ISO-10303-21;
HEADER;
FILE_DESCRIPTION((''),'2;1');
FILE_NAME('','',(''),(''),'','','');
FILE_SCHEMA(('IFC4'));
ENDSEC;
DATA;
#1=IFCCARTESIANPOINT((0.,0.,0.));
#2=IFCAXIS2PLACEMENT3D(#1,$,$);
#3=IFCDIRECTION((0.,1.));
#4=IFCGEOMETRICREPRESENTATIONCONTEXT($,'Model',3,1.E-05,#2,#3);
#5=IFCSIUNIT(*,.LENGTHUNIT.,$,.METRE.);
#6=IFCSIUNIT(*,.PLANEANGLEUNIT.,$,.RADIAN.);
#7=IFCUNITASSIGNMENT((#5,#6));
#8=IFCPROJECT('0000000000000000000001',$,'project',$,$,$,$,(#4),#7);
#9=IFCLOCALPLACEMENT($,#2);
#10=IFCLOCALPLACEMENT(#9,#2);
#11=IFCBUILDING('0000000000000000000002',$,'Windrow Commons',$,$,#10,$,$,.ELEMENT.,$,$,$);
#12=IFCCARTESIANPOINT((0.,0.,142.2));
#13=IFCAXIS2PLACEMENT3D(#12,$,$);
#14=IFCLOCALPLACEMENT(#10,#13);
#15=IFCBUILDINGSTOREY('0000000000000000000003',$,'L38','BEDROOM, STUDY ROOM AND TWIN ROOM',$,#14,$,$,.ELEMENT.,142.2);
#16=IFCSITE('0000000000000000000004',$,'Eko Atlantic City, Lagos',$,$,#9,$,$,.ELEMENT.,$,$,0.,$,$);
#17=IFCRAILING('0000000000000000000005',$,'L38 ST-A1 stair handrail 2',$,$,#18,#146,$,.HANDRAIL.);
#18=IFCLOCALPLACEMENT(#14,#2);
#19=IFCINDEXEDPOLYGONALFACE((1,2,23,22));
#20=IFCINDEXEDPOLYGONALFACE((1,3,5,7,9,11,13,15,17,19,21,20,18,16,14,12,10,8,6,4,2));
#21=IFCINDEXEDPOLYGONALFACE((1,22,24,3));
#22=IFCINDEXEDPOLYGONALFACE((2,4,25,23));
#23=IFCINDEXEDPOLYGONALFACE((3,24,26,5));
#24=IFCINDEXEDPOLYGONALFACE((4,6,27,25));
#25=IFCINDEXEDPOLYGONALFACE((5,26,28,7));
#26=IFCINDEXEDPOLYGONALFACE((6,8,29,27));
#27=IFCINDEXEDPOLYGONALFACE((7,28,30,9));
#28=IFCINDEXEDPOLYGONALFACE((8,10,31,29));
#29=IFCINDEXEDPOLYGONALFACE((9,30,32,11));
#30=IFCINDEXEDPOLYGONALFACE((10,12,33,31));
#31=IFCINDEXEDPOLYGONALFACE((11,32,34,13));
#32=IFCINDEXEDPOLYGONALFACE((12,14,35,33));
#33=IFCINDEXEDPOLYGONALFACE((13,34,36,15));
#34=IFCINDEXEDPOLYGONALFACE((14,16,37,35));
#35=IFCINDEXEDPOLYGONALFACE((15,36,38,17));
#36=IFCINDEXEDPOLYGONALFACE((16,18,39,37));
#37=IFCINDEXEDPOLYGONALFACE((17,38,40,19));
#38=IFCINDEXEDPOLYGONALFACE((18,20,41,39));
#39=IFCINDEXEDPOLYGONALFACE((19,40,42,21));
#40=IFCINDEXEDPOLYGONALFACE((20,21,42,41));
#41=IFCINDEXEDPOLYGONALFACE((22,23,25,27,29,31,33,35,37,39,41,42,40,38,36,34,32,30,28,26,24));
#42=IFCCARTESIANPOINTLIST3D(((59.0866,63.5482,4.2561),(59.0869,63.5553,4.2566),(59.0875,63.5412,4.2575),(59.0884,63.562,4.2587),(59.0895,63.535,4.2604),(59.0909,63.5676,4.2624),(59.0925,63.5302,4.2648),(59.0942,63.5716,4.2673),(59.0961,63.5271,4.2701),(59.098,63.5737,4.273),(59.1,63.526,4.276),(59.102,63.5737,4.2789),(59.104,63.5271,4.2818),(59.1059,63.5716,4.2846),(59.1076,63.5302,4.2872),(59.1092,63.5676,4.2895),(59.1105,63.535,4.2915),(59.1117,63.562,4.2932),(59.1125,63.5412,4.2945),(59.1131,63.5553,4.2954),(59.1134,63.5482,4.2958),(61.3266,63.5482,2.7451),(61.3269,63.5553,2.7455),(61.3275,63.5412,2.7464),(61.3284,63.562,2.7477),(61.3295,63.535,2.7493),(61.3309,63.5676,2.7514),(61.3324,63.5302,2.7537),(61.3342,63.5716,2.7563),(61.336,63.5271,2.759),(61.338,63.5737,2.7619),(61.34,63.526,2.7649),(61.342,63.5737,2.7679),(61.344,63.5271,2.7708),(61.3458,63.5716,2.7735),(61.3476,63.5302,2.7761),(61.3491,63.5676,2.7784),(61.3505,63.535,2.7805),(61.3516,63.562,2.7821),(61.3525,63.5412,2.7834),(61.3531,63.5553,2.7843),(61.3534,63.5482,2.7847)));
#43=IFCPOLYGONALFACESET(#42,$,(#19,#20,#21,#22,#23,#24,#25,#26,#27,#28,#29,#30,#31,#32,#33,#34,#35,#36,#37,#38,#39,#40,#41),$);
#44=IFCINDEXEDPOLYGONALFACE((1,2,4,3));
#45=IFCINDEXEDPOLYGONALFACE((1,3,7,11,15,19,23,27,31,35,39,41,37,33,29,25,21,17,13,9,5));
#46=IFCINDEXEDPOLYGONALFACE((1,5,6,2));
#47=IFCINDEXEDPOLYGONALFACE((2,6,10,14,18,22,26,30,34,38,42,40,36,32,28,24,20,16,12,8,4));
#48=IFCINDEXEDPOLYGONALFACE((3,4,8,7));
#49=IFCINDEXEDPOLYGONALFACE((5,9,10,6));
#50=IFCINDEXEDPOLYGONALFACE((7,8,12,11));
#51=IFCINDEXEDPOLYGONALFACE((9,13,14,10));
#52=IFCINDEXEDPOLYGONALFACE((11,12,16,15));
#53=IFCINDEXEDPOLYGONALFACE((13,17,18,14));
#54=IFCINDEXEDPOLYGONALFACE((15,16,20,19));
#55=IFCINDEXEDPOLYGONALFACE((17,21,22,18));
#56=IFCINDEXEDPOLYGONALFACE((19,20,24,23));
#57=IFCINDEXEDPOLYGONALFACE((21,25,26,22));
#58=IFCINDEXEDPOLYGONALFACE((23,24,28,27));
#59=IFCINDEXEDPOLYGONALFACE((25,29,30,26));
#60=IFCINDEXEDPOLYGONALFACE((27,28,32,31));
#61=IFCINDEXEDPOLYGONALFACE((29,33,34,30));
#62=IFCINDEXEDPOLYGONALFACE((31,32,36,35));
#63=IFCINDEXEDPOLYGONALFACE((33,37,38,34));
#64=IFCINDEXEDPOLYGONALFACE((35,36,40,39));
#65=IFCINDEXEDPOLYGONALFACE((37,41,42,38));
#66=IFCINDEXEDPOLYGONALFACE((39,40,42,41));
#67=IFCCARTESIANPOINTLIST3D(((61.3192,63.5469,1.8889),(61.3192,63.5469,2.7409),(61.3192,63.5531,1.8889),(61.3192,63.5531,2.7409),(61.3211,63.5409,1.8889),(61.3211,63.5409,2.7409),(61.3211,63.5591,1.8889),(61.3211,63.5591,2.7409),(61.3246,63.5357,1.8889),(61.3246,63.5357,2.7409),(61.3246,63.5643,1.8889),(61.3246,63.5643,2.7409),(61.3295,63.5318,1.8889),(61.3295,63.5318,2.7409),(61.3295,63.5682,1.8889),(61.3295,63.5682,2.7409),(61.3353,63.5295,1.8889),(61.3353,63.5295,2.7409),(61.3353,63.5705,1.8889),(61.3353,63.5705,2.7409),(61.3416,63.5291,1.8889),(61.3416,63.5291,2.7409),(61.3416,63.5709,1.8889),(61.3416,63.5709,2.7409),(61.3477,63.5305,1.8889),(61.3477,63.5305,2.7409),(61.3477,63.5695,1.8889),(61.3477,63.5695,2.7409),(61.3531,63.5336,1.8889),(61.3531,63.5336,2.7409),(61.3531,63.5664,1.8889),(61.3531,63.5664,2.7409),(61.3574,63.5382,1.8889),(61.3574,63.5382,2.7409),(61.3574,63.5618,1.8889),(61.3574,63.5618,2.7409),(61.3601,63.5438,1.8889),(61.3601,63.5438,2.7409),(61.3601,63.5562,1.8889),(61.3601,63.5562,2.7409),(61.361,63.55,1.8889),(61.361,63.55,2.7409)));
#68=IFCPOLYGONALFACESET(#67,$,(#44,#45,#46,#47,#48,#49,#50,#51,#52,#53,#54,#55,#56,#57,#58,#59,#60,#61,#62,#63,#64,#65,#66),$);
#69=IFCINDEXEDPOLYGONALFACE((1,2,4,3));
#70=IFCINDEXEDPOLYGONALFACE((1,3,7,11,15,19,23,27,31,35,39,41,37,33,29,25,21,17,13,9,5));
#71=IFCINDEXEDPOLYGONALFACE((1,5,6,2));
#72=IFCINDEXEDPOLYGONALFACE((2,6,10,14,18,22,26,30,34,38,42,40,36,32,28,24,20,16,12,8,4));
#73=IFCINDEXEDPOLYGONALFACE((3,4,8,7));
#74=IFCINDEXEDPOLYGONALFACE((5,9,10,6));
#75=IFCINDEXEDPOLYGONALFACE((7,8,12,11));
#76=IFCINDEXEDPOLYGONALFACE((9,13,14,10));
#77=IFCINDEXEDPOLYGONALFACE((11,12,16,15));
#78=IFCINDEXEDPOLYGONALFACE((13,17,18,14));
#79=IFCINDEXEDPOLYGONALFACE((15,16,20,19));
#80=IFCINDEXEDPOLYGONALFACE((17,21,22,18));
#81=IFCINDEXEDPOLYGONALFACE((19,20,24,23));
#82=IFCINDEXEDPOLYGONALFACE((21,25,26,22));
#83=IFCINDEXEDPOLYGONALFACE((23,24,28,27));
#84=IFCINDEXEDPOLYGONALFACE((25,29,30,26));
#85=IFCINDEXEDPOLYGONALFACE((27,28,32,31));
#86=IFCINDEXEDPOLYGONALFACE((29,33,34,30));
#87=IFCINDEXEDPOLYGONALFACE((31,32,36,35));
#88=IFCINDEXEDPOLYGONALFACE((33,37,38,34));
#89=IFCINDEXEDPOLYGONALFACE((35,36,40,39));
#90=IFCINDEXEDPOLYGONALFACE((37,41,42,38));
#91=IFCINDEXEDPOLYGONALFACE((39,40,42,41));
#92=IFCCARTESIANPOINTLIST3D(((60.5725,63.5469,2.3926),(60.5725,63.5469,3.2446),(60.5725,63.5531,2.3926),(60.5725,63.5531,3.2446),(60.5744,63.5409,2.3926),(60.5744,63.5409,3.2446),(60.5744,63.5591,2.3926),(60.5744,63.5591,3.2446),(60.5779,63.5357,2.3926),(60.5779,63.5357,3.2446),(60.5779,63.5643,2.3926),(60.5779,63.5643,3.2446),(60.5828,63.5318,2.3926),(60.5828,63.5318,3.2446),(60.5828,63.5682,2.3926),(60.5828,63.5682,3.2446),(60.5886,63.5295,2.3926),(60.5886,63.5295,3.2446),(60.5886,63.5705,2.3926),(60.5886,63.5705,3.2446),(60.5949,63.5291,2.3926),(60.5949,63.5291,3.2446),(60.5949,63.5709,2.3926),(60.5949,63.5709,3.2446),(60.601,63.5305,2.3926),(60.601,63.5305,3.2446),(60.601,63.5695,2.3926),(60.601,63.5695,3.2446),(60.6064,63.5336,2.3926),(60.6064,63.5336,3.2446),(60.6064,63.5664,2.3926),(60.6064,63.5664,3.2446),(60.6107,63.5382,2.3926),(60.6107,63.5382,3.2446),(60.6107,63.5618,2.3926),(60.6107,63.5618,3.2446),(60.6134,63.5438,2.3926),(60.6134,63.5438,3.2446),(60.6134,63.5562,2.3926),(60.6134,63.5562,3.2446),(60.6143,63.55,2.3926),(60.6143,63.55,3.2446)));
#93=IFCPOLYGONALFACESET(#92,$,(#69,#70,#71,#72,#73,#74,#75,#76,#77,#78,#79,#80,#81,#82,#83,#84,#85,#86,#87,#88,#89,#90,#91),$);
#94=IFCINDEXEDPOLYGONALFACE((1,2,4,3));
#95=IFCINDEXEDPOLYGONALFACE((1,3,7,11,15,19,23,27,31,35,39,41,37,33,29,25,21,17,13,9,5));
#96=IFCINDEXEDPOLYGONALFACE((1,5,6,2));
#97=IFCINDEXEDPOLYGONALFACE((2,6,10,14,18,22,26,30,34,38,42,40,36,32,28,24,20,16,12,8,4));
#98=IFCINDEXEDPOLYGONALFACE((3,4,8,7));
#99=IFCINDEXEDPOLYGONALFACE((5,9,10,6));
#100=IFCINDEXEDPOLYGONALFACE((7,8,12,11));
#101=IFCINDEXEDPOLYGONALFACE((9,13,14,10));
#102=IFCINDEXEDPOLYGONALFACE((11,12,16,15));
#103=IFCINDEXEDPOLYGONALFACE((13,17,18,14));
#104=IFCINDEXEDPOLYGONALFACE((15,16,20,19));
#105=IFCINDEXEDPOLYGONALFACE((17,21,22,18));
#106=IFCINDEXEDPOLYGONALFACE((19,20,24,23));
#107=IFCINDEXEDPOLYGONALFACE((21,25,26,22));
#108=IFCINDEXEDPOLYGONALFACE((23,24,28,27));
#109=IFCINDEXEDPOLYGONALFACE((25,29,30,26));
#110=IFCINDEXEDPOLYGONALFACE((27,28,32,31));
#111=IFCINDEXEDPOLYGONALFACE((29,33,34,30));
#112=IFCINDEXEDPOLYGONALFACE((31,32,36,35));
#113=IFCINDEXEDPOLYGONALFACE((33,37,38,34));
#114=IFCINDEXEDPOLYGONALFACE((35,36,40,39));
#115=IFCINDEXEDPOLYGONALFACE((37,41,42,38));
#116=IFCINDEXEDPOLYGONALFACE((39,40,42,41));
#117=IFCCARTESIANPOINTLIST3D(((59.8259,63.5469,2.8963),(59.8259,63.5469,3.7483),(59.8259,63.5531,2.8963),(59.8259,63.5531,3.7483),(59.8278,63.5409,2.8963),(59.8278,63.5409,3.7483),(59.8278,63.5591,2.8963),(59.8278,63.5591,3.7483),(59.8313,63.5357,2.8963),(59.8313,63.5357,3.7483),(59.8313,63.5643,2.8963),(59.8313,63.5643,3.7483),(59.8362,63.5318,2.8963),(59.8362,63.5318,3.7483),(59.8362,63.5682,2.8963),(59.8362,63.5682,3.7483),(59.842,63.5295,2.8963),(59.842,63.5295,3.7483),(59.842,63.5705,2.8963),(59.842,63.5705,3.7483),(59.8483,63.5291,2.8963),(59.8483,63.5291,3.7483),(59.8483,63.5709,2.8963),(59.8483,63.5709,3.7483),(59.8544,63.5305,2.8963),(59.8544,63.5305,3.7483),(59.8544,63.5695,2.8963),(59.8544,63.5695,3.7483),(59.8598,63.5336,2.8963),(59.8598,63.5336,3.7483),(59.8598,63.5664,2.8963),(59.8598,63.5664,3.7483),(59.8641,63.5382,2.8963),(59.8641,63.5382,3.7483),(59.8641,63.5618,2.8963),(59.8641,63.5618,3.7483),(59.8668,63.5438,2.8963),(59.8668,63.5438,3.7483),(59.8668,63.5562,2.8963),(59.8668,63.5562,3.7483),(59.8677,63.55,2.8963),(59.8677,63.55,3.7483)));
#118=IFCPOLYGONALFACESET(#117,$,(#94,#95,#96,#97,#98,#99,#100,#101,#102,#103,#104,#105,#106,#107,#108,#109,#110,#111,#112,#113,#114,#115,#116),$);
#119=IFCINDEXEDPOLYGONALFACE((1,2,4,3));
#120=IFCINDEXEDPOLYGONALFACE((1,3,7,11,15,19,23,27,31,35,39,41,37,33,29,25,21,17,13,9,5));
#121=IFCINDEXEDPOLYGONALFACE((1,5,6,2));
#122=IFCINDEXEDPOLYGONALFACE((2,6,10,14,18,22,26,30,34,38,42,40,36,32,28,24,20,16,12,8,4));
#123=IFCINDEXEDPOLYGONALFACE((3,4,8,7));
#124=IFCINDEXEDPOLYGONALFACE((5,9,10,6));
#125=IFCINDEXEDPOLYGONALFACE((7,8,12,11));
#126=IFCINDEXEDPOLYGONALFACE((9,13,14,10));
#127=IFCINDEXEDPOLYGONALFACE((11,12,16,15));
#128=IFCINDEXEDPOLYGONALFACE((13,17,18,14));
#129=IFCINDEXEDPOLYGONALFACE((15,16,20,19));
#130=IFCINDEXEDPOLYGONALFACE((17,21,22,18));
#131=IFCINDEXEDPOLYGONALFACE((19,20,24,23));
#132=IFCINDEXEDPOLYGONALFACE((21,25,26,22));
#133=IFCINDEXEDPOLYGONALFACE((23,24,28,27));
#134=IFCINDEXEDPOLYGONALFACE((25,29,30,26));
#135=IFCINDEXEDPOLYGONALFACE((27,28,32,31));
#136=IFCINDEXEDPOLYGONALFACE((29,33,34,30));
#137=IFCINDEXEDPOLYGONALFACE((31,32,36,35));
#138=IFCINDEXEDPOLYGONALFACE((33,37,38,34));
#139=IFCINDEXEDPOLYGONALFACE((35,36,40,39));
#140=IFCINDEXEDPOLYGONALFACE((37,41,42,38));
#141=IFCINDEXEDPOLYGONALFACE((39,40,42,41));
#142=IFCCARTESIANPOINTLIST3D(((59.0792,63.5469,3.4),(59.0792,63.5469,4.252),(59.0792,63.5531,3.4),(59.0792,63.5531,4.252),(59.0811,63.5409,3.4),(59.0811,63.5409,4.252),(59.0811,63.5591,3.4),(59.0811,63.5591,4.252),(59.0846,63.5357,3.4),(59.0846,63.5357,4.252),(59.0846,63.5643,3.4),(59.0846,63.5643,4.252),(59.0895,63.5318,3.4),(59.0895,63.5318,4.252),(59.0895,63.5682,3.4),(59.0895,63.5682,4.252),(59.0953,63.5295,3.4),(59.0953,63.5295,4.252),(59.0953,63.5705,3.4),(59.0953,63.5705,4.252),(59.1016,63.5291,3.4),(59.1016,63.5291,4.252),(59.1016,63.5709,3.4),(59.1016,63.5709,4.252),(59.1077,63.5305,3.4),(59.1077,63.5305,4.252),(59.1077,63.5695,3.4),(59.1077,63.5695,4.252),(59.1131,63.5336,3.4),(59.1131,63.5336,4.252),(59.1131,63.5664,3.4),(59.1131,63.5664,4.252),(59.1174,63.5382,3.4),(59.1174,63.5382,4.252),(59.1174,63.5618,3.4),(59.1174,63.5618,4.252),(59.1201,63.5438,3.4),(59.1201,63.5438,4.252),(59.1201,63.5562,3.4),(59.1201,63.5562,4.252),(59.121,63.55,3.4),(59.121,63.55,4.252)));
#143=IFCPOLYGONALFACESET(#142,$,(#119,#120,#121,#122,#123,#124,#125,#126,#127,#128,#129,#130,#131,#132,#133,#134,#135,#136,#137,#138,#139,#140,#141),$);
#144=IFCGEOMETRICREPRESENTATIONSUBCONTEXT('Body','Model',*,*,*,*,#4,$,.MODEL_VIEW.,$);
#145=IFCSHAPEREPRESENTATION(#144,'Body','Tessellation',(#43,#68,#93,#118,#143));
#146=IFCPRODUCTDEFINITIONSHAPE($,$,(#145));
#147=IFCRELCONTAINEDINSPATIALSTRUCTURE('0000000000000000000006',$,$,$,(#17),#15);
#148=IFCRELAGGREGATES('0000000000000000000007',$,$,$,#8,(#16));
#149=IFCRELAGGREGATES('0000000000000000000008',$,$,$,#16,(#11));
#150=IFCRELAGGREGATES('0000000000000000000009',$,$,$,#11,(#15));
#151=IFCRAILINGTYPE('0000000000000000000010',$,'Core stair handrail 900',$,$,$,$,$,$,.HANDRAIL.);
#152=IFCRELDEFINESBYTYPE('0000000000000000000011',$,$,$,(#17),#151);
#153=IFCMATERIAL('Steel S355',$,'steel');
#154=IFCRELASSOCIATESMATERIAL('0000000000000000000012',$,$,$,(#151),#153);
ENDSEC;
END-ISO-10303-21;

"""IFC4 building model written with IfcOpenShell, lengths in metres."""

from ifc_helpers import new_model, si_unit, direction, frame, origin, origin_2d, place, context, subcontext, project, spatial, circle, extrude, material, type_object, element, save


model = new_model("IFC4")

# Units and contexts
model_context = context("Model", 3, precision=1e-05, world=origin(), true_north=direction((0.0, 1.0)))
body_context = subcontext(model_context, "Body", "Model", "MODEL_VIEW")
ifc_project = project(units=[si_unit("LENGTHUNIT", "METRE"), si_unit("PLANEANGLEUNIT", "RADIAN")], contexts=[model_context])

# Site, building, storey
site_placement = place(None, origin())
site = spatial("IfcSite", under=ifc_project, at=site_placement, Name="Eko Atlantic City, Lagos", CompositionType="ELEMENT", RefElevation=0.0)
building_placement = place(site_placement, origin())
building = spatial("IfcBuilding", under=site, at=building_placement, Name="Windrow Commons", CompositionType="ELEMENT")
storey_placement = place(building_placement, frame((0.0, 0.0, 142.2)))
storey = spatial("IfcBuildingStorey", under=building, at=storey_placement, Name="L38", Description="BEDROOM, STUDY ROOM AND TWIN ROOM", CompositionType="ELEMENT", Elevation=142.2)

# Railing
ifc_material_1 = material(Name="Steel S355", Category="steel")
railing_type_1 = type_object("IfcRailingType", Name="Core stair handrail 900", PredefinedType="HANDRAIL", material=ifc_material_1)
for number, where, name in (
    (1, (61.34, 63.55, 1.8889), "L38 ST-A1 stair handrail 2"),
):
    element("IfcRailing", number, at=place(storey_placement, frame(where)), inside=storey, type_object=railing_type_1, Name=name, PredefinedType="HANDRAIL", context=body_context, shape_type="SweptSolid", body=[
        extrude(circle(Radius=0.024, at=origin_2d()), frame((0.0, 0.0, 0.876), z_axis=(-0.829003, 0.0, 0.559244), x_axis=(0.0, -1.0, 0.0)), (0.0, 0.0, 1.0), 2.702),
        extrude(circle(Radius=0.021, at=origin_2d()), origin(), (0.0, 0.0, 1.0), 0.852),
        extrude(circle(Radius=0.021, at=origin_2d()), frame((-0.7467, 0.0, 0.5037)), (0.0, 0.0, 1.0), 0.852),
        extrude(circle(Radius=0.021, at=origin_2d()), frame((-1.4933, 0.0, 1.0074)), (0.0, 0.0, 1.0), 0.852),
        extrude(circle(Radius=0.021, at=origin_2d()), frame((-2.24, 0.0, 1.5111)), (0.0, 0.0, 1.0), 0.852),
    ])

save(model, "model.ifc")
